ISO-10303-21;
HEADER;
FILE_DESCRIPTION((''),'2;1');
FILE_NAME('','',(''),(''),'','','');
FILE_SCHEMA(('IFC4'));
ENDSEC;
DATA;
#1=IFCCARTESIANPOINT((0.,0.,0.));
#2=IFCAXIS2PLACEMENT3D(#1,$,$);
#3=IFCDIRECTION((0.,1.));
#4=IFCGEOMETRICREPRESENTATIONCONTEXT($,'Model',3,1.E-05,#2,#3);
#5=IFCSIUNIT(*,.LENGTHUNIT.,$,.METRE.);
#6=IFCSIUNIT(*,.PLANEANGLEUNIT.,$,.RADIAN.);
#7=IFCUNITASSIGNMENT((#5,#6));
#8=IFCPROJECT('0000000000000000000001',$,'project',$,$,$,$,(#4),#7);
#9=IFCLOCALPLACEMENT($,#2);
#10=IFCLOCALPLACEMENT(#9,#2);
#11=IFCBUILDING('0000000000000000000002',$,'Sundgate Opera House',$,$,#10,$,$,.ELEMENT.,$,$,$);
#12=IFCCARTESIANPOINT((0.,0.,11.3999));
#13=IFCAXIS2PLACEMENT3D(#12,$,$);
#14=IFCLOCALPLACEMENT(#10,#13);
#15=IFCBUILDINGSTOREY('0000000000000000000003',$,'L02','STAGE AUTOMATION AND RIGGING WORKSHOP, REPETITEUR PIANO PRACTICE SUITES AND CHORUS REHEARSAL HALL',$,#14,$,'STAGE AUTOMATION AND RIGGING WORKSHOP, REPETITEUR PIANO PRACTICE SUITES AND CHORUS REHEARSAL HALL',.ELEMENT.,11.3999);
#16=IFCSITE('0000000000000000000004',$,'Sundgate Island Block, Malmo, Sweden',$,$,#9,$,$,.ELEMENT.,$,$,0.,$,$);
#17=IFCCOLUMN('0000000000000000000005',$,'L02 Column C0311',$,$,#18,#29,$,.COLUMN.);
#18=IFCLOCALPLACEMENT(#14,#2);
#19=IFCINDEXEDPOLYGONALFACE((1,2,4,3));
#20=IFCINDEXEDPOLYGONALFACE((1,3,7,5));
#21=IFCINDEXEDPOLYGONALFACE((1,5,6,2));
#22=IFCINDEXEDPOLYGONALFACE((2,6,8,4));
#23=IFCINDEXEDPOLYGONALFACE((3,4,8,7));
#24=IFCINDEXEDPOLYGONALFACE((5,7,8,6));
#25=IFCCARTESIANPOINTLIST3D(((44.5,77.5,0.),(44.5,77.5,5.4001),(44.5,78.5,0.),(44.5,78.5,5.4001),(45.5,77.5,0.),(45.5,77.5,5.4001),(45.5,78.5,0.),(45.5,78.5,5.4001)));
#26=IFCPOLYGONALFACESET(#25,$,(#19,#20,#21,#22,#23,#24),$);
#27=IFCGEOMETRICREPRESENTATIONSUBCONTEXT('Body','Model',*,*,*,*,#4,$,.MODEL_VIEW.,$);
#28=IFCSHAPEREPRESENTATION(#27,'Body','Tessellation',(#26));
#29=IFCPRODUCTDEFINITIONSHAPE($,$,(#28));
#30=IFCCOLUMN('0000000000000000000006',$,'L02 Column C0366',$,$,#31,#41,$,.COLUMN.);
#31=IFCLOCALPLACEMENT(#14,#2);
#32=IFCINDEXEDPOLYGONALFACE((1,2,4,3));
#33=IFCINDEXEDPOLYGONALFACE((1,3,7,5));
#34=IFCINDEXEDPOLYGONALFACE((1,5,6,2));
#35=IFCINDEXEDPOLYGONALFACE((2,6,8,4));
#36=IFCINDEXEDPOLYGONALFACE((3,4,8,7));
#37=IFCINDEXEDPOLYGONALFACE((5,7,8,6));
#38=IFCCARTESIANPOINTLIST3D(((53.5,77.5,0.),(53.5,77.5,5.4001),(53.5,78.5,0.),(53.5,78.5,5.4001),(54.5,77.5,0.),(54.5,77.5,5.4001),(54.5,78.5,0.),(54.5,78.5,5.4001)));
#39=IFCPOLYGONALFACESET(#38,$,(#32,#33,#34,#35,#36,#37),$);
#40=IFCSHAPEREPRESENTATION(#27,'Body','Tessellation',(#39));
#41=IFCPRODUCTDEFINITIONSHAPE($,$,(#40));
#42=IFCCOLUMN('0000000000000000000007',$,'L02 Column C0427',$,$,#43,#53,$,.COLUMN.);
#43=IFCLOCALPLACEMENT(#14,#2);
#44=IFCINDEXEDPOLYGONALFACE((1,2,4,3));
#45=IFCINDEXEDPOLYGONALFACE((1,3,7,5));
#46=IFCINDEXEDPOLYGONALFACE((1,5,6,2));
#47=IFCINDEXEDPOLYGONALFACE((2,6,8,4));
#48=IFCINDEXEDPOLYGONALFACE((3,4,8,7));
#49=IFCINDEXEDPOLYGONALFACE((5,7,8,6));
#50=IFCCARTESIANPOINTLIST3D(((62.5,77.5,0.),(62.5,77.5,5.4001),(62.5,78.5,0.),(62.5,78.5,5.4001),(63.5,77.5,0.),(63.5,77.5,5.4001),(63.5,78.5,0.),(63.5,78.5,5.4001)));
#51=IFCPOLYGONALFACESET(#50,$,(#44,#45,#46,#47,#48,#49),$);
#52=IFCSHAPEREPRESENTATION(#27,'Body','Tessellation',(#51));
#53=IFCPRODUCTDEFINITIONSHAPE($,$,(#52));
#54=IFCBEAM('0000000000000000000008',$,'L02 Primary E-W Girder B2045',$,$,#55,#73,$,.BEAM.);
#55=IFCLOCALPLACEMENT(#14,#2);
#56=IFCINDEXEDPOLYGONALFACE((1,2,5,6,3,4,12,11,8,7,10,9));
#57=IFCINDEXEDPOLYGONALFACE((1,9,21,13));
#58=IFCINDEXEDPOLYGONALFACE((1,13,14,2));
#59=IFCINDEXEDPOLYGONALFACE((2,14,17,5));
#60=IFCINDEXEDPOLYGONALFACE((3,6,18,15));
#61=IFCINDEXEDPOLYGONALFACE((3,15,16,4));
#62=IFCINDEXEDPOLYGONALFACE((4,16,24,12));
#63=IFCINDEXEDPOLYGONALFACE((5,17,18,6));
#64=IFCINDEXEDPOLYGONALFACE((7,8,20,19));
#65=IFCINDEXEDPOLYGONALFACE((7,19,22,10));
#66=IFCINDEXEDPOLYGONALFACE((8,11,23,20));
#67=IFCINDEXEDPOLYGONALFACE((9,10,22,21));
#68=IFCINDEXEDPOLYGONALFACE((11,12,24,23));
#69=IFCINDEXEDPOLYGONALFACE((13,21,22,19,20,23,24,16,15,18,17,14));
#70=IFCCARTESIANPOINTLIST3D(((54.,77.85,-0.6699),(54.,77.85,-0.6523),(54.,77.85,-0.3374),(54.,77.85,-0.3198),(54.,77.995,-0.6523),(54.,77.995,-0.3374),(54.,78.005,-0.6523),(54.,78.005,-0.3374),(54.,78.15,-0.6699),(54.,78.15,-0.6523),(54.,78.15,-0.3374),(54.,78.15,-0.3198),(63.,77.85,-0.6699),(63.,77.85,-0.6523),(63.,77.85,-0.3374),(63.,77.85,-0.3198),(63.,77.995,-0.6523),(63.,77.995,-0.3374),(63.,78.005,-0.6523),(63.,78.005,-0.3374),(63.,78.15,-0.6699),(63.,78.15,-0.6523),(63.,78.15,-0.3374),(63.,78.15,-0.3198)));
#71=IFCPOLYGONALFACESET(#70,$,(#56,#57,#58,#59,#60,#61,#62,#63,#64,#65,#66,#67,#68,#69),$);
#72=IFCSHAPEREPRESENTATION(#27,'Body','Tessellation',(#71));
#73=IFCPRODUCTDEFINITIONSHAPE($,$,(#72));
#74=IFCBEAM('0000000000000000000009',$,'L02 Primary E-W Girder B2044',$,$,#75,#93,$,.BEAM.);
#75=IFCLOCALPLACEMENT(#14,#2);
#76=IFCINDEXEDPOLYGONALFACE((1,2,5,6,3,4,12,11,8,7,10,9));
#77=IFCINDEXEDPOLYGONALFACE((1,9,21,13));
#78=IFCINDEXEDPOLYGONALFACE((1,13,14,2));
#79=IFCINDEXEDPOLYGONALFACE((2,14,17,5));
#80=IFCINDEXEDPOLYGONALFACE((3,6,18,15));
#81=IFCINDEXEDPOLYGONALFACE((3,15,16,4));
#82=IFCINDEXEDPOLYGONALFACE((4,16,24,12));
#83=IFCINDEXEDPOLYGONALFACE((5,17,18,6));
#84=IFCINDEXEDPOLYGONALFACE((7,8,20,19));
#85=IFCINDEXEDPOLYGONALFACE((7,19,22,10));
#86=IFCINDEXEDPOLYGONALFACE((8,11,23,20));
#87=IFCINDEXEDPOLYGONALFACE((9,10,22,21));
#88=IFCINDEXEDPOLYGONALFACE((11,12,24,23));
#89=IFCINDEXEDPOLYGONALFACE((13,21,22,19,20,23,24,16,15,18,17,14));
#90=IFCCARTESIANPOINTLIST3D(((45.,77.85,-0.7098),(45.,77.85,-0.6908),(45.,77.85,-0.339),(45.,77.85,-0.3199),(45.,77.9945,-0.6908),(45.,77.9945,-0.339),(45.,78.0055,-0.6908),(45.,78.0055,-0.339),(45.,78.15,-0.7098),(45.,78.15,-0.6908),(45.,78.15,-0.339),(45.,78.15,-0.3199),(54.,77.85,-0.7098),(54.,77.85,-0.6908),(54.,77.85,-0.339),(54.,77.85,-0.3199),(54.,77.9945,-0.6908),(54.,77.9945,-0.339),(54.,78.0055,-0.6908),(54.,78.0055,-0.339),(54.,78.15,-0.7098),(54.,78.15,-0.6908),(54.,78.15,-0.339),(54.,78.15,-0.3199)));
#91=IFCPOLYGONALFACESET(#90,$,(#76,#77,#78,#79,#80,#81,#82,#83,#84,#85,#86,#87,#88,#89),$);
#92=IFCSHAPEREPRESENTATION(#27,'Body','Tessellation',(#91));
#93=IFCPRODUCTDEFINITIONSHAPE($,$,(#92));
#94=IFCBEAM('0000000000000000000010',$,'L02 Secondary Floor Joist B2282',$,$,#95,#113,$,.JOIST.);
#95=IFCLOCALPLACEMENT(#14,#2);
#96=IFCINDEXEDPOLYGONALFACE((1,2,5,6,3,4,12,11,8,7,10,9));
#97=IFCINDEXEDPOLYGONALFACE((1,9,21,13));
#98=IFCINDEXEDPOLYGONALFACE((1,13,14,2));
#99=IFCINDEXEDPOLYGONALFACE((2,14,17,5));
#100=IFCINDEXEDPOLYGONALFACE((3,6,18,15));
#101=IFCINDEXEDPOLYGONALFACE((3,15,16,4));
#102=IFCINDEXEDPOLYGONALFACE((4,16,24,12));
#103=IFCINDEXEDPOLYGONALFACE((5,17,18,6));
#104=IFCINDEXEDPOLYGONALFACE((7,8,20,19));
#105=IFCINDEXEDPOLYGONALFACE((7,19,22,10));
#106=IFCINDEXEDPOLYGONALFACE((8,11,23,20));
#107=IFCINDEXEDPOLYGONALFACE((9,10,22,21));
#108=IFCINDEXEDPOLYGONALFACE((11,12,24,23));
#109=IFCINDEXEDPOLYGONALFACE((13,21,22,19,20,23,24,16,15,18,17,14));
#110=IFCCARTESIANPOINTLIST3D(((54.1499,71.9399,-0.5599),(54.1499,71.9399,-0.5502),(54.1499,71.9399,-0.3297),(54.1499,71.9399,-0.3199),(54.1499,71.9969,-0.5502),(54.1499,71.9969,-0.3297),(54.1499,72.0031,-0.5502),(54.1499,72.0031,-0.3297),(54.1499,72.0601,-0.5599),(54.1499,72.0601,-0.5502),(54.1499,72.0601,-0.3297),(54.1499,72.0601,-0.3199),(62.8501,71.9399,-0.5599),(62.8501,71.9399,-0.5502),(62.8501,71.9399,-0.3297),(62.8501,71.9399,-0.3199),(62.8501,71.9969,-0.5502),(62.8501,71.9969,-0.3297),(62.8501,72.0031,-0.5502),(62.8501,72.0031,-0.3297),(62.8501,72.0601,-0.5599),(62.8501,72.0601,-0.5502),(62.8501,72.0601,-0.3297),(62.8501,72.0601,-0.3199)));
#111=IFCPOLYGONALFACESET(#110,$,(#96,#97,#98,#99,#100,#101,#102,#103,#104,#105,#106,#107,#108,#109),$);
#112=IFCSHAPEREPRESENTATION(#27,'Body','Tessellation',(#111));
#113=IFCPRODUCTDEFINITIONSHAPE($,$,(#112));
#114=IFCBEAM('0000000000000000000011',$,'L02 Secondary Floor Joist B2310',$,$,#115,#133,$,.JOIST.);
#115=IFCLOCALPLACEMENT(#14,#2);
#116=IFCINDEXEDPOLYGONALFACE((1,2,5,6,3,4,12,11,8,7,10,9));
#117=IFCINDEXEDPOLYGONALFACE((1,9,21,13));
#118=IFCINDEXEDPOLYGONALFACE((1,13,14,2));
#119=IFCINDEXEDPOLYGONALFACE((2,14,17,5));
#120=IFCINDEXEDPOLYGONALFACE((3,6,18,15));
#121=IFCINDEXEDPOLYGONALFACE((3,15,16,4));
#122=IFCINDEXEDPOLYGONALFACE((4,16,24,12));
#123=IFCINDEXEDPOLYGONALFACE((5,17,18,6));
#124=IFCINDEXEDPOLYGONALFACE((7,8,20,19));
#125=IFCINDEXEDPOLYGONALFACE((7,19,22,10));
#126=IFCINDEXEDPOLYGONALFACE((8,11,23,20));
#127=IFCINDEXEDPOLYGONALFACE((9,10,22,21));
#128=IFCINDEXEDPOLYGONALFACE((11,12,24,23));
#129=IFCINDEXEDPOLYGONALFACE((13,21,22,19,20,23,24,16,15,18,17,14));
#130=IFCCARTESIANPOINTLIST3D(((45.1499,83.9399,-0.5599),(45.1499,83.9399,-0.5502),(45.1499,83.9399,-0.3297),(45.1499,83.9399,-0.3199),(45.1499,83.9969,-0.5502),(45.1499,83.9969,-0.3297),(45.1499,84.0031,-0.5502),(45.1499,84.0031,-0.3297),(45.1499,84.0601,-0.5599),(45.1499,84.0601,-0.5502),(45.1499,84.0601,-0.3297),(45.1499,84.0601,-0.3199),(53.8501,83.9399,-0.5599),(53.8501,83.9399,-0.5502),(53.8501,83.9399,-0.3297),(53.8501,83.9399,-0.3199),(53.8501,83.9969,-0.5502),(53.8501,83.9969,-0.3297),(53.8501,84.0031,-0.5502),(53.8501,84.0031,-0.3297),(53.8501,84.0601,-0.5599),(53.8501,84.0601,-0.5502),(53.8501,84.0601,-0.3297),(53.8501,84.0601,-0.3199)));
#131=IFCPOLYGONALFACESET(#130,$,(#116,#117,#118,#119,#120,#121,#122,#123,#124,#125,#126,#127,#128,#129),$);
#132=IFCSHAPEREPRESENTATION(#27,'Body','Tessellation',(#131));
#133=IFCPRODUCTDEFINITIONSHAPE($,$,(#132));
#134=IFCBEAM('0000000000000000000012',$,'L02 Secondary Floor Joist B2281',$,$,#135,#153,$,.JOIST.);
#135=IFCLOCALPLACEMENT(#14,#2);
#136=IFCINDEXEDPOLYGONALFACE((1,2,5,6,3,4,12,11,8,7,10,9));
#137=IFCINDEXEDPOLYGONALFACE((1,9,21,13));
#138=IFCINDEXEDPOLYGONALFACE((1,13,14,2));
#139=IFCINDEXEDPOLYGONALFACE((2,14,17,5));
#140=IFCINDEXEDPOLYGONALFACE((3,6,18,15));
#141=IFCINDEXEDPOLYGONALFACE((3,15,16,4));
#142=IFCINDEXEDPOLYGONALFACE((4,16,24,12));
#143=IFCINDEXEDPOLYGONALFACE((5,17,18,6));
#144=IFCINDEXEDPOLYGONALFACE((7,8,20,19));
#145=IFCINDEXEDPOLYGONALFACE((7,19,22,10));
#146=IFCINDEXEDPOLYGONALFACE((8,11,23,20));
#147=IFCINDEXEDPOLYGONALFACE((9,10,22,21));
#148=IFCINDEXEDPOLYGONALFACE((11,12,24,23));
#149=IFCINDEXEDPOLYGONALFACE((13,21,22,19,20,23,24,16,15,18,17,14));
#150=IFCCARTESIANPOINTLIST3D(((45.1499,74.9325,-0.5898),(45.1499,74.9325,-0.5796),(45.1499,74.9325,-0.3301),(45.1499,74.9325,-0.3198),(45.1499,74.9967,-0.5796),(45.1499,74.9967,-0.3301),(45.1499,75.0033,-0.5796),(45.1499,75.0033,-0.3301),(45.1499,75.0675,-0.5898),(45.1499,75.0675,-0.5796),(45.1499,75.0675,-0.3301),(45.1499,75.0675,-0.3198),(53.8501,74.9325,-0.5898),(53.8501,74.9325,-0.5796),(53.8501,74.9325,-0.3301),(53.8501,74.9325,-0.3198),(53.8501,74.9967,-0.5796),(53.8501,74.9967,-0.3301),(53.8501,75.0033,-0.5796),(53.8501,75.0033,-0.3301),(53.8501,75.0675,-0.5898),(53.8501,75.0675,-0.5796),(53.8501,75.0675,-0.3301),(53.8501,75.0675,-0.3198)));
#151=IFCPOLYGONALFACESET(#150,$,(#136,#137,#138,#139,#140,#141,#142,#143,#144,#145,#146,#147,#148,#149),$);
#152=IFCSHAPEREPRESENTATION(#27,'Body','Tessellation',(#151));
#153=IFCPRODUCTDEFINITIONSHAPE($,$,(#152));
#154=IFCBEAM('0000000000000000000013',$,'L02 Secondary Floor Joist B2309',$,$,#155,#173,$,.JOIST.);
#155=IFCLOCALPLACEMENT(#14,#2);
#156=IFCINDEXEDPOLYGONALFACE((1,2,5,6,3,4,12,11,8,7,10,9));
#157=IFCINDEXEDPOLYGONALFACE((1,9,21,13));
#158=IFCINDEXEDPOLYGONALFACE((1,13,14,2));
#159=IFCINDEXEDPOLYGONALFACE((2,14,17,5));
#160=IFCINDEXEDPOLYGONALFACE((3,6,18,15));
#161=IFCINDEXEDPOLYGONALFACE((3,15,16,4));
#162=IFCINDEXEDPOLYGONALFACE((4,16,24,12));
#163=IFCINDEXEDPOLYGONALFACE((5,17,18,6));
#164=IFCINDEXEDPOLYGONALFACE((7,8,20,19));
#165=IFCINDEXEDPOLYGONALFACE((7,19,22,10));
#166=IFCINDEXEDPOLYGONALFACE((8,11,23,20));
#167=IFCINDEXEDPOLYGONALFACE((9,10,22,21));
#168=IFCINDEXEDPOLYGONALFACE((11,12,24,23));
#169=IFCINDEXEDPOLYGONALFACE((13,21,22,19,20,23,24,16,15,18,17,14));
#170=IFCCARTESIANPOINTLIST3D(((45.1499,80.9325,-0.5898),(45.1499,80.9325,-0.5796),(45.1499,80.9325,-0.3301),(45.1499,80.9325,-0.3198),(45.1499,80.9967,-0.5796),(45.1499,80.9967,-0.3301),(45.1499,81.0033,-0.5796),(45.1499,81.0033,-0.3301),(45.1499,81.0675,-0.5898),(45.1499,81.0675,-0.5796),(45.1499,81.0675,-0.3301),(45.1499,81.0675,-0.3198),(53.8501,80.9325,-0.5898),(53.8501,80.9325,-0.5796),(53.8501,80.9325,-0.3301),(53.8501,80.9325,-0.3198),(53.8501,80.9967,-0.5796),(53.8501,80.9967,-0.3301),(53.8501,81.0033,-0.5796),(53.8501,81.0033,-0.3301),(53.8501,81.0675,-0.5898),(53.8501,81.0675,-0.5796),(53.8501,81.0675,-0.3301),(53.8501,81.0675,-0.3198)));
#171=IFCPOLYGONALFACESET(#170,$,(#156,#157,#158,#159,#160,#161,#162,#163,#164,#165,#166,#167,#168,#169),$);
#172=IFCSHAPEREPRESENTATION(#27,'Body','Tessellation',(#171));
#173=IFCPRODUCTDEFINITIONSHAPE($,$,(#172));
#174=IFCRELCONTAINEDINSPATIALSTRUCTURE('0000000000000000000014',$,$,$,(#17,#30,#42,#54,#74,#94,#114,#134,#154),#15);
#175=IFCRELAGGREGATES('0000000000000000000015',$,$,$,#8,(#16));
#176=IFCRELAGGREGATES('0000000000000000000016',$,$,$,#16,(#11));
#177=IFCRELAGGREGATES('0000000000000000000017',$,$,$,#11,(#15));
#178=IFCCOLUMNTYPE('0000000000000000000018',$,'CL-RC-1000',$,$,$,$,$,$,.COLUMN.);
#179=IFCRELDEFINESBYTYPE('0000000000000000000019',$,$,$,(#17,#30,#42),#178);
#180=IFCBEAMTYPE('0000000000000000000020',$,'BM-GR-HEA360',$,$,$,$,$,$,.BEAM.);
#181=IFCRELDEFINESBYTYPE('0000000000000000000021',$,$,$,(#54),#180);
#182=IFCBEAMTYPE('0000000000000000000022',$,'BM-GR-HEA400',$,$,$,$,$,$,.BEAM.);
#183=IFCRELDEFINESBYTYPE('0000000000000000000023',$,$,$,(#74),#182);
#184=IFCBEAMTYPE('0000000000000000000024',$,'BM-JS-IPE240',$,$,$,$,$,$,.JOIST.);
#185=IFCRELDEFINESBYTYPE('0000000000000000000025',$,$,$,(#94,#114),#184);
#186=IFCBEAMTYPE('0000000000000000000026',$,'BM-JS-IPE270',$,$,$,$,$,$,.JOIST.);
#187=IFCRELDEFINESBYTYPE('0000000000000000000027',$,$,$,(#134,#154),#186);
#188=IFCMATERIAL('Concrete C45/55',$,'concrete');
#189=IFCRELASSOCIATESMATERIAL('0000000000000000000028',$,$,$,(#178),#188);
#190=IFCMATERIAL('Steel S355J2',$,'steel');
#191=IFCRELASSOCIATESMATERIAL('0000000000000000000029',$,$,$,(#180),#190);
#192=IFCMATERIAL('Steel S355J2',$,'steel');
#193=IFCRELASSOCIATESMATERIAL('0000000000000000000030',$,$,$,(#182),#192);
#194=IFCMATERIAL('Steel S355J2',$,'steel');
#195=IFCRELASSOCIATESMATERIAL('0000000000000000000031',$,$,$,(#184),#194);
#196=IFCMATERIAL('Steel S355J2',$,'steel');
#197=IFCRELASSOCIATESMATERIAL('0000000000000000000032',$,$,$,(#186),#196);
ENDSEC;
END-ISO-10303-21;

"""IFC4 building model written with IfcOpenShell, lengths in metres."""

from ifc_helpers import new_model, si_unit, direction, frame, origin, origin_2d, place, context, subcontext, project, spatial, rectangle, i_section, extrude, material, material_profile, profile_set, type_object, element, save


model = new_model("IFC4")

# Units and contexts
model_context = context("Model", 3, precision=1e-05, world=origin(), true_north=direction((0.0, 1.0)))
body_context = subcontext(model_context, "Body", "Model", "MODEL_VIEW")
ifc_project = project(units=[si_unit("LENGTHUNIT", "METRE"), si_unit("PLANEANGLEUNIT", "RADIAN")], contexts=[model_context])

# Site, building, storey
site_placement = place(None, origin())
site = spatial("IfcSite", under=ifc_project, at=site_placement, Name="Sundgate Island Block, Malmo, Sweden", CompositionType="ELEMENT", RefElevation=0.0)
building_placement = place(site_placement, origin())
building = spatial("IfcBuilding", under=site, at=building_placement, Name="Sundgate Opera House", CompositionType="ELEMENT")
storey_placement = place(building_placement, frame((0.0, 0.0, 11.3999)))
storey = spatial("IfcBuildingStorey", under=building, at=storey_placement, Name="L02", Description="STAGE AUTOMATION AND RIGGING WORKSHOP, REPETITEUR PIANO PRACTICE SUITES AND CHORUS REHEARSAL HALL", LongName="STAGE AUTOMATION AND RIGGING WORKSHOP, REPETITEUR PIANO PRACTICE SUITES AND CHORUS REHEARSAL HALL", CompositionType="ELEMENT", Elevation=11.3999)

# Columns
ifc_material_1 = material(Name="Concrete C45/55", Category="concrete")
ifc_material_profile_1 = material_profile(ifc_material_1, rectangle(XDim=1.0, YDim=1.0, at=origin_2d()), Name="RC 1000x1000")
ifc_profile_set_1 = profile_set([ifc_material_profile_1], Name="Concrete C45/55")
column_type = type_object("IfcColumnType", Name="CL-RC-1000", PredefinedType="COLUMN", material=ifc_profile_set_1)
for number, where, z_axis, x_axis, name in (
    (1, (45.0, 78.0, 0.0), (0.0, 0.0, 1.0), (1.0, 0.0, 0.0), "L02 Column C0311"),
    (2, (54.0, 78.0, 0.0), (0.0, 0.0, 1.0), (1.0, 0.0, 0.0), "L02 Column C0366"),
    (3, (63.0, 78.0, 0.0), (0.0, 0.0, 1.0), (1.0, 0.0, 0.0), "L02 Column C0427"),
):
    element("IfcColumn", number, at=place(storey_placement, frame(where, z_axis=z_axis, x_axis=x_axis)), inside=storey, type_object=column_type, Name=name, PredefinedType="COLUMN", context=body_context, shape_type="SweptSolid", body=[
        extrude(rectangle(XDim=1.0, YDim=1.0, at=origin_2d()), origin(), (0.0, 0.0, 1.0), 5.4001),
    ])

# Beams
ifc_material_2 = material(Name="Steel S355J2", Category="steel")
ifc_material_profile_2 = material_profile(ifc_material_2, i_section(OverallWidth=0.3, OverallDepth=0.3501, WebThickness=0.01, FlangeThickness=0.0176, at=origin_2d()), Name="HEA 360")
ifc_profile_set_2 = profile_set([ifc_material_profile_2], Name="Steel S355J2")
beam_type_1 = type_object("IfcBeamType", Name="BM-GR-HEA360", PredefinedType="BEAM", material=ifc_profile_set_2)
beam_1_placement = place(storey_placement, frame((54.0, 78.0, -0.4949), z_axis=(1.0, 0.0, 0.0), x_axis=(0.0, 1.0, 0.0)))
element("IfcBeam", 4, at=beam_1_placement, inside=storey, type_object=beam_type_1, Name="L02 Primary E-W Girder B2045", PredefinedType="BEAM", context=body_context, shape_type="SweptSolid", body=[
    extrude(i_section(OverallWidth=0.3, OverallDepth=0.3501, WebThickness=0.01, FlangeThickness=0.0176, at=origin_2d()), origin(), (0.0, 0.0, 1.0), 9.0),
])
ifc_material_3 = material(Name="Steel S355J2", Category="steel")
ifc_material_profile_3 = material_profile(ifc_material_3, i_section(OverallWidth=0.3, OverallDepth=0.3899, WebThickness=0.011, FlangeThickness=0.019, at=origin_2d()), Name="HEA 400")
ifc_profile_set_3 = profile_set([ifc_material_profile_3], Name="Steel S355J2")
beam_type_2 = type_object("IfcBeamType", Name="BM-GR-HEA400", PredefinedType="BEAM", material=ifc_profile_set_3)
beam_2_placement = place(storey_placement, frame((45.0, 78.0, -0.5149), z_axis=(1.0, 0.0, 0.0), x_axis=(0.0, 1.0, 0.0)))
element("IfcBeam", 5, at=beam_2_placement, inside=storey, type_object=beam_type_2, Name="L02 Primary E-W Girder B2044", PredefinedType="BEAM", context=body_context, shape_type="SweptSolid", body=[
    extrude(i_section(OverallWidth=0.3, OverallDepth=0.3899, WebThickness=0.011, FlangeThickness=0.019, at=origin_2d()), origin(), (0.0, 0.0, 1.0), 9.0),
])
ifc_material_4 = material(Name="Steel S355J2", Category="steel")
ifc_material_profile_4 = material_profile(ifc_material_4, i_section(OverallWidth=0.1201, OverallDepth=0.24, WebThickness=0.0061, FlangeThickness=0.0098, at=origin_2d()), Name="IPE 240")
ifc_profile_set_4 = profile_set([ifc_material_profile_4], Name="Steel S355J2")
beam_type_3 = type_object("IfcBeamType", Name="BM-JS-IPE240", PredefinedType="JOIST", material=ifc_profile_set_4)
for number, where, z_axis, x_axis, name in (
    (6, (54.1499, 72.0, -0.4399), (1.0, 0.0, 0.0), (0.0, 1.0, 0.0), "L02 Secondary Floor Joist B2282"),
    (7, (45.1499, 84.0, -0.4399), (1.0, 0.0, 0.0), (0.0, 1.0, 0.0), "L02 Secondary Floor Joist B2310"),
):
    element("IfcBeam", number, at=place(storey_placement, frame(where, z_axis=z_axis, x_axis=x_axis)), inside=storey, type_object=beam_type_3, Name=name, PredefinedType="JOIST", context=body_context, shape_type="SweptSolid", body=[
        extrude(i_section(OverallWidth=0.1201, OverallDepth=0.24, WebThickness=0.0061, FlangeThickness=0.0098, at=origin_2d()), origin(), (0.0, 0.0, 1.0), 8.7002),
    ])
ifc_material_5 = material(Name="Steel S355J2", Category="steel")
ifc_material_profile_5 = material_profile(ifc_material_5, i_section(OverallWidth=0.135, OverallDepth=0.27, WebThickness=0.0066, FlangeThickness=0.0103, at=origin_2d()), Name="IPE 270")
ifc_profile_set_5 = profile_set([ifc_material_profile_5], Name="Steel S355J2")
beam_type_4 = type_object("IfcBeamType", Name="BM-JS-IPE270", PredefinedType="JOIST", material=ifc_profile_set_5)
for number, where, z_axis, x_axis, name in (
    (8, (45.1499, 75.0, -0.4548), (1.0, 0.0, 0.0), (0.0, 1.0, 0.0), "L02 Secondary Floor Joist B2281"),
    (9, (45.1499, 81.0, -0.4548), (1.0, 0.0, 0.0), (0.0, 1.0, 0.0), "L02 Secondary Floor Joist B2309"),
):
    element("IfcBeam", number, at=place(storey_placement, frame(where, z_axis=z_axis, x_axis=x_axis)), inside=storey, type_object=beam_type_4, Name=name, PredefinedType="JOIST", context=body_context, shape_type="SweptSolid", body=[
        extrude(i_section(OverallWidth=0.135, OverallDepth=0.27, WebThickness=0.0066, FlangeThickness=0.0103, at=origin_2d()), origin(), (0.0, 0.0, 1.0), 8.7002),
    ])

save(model, "model.ifc")
